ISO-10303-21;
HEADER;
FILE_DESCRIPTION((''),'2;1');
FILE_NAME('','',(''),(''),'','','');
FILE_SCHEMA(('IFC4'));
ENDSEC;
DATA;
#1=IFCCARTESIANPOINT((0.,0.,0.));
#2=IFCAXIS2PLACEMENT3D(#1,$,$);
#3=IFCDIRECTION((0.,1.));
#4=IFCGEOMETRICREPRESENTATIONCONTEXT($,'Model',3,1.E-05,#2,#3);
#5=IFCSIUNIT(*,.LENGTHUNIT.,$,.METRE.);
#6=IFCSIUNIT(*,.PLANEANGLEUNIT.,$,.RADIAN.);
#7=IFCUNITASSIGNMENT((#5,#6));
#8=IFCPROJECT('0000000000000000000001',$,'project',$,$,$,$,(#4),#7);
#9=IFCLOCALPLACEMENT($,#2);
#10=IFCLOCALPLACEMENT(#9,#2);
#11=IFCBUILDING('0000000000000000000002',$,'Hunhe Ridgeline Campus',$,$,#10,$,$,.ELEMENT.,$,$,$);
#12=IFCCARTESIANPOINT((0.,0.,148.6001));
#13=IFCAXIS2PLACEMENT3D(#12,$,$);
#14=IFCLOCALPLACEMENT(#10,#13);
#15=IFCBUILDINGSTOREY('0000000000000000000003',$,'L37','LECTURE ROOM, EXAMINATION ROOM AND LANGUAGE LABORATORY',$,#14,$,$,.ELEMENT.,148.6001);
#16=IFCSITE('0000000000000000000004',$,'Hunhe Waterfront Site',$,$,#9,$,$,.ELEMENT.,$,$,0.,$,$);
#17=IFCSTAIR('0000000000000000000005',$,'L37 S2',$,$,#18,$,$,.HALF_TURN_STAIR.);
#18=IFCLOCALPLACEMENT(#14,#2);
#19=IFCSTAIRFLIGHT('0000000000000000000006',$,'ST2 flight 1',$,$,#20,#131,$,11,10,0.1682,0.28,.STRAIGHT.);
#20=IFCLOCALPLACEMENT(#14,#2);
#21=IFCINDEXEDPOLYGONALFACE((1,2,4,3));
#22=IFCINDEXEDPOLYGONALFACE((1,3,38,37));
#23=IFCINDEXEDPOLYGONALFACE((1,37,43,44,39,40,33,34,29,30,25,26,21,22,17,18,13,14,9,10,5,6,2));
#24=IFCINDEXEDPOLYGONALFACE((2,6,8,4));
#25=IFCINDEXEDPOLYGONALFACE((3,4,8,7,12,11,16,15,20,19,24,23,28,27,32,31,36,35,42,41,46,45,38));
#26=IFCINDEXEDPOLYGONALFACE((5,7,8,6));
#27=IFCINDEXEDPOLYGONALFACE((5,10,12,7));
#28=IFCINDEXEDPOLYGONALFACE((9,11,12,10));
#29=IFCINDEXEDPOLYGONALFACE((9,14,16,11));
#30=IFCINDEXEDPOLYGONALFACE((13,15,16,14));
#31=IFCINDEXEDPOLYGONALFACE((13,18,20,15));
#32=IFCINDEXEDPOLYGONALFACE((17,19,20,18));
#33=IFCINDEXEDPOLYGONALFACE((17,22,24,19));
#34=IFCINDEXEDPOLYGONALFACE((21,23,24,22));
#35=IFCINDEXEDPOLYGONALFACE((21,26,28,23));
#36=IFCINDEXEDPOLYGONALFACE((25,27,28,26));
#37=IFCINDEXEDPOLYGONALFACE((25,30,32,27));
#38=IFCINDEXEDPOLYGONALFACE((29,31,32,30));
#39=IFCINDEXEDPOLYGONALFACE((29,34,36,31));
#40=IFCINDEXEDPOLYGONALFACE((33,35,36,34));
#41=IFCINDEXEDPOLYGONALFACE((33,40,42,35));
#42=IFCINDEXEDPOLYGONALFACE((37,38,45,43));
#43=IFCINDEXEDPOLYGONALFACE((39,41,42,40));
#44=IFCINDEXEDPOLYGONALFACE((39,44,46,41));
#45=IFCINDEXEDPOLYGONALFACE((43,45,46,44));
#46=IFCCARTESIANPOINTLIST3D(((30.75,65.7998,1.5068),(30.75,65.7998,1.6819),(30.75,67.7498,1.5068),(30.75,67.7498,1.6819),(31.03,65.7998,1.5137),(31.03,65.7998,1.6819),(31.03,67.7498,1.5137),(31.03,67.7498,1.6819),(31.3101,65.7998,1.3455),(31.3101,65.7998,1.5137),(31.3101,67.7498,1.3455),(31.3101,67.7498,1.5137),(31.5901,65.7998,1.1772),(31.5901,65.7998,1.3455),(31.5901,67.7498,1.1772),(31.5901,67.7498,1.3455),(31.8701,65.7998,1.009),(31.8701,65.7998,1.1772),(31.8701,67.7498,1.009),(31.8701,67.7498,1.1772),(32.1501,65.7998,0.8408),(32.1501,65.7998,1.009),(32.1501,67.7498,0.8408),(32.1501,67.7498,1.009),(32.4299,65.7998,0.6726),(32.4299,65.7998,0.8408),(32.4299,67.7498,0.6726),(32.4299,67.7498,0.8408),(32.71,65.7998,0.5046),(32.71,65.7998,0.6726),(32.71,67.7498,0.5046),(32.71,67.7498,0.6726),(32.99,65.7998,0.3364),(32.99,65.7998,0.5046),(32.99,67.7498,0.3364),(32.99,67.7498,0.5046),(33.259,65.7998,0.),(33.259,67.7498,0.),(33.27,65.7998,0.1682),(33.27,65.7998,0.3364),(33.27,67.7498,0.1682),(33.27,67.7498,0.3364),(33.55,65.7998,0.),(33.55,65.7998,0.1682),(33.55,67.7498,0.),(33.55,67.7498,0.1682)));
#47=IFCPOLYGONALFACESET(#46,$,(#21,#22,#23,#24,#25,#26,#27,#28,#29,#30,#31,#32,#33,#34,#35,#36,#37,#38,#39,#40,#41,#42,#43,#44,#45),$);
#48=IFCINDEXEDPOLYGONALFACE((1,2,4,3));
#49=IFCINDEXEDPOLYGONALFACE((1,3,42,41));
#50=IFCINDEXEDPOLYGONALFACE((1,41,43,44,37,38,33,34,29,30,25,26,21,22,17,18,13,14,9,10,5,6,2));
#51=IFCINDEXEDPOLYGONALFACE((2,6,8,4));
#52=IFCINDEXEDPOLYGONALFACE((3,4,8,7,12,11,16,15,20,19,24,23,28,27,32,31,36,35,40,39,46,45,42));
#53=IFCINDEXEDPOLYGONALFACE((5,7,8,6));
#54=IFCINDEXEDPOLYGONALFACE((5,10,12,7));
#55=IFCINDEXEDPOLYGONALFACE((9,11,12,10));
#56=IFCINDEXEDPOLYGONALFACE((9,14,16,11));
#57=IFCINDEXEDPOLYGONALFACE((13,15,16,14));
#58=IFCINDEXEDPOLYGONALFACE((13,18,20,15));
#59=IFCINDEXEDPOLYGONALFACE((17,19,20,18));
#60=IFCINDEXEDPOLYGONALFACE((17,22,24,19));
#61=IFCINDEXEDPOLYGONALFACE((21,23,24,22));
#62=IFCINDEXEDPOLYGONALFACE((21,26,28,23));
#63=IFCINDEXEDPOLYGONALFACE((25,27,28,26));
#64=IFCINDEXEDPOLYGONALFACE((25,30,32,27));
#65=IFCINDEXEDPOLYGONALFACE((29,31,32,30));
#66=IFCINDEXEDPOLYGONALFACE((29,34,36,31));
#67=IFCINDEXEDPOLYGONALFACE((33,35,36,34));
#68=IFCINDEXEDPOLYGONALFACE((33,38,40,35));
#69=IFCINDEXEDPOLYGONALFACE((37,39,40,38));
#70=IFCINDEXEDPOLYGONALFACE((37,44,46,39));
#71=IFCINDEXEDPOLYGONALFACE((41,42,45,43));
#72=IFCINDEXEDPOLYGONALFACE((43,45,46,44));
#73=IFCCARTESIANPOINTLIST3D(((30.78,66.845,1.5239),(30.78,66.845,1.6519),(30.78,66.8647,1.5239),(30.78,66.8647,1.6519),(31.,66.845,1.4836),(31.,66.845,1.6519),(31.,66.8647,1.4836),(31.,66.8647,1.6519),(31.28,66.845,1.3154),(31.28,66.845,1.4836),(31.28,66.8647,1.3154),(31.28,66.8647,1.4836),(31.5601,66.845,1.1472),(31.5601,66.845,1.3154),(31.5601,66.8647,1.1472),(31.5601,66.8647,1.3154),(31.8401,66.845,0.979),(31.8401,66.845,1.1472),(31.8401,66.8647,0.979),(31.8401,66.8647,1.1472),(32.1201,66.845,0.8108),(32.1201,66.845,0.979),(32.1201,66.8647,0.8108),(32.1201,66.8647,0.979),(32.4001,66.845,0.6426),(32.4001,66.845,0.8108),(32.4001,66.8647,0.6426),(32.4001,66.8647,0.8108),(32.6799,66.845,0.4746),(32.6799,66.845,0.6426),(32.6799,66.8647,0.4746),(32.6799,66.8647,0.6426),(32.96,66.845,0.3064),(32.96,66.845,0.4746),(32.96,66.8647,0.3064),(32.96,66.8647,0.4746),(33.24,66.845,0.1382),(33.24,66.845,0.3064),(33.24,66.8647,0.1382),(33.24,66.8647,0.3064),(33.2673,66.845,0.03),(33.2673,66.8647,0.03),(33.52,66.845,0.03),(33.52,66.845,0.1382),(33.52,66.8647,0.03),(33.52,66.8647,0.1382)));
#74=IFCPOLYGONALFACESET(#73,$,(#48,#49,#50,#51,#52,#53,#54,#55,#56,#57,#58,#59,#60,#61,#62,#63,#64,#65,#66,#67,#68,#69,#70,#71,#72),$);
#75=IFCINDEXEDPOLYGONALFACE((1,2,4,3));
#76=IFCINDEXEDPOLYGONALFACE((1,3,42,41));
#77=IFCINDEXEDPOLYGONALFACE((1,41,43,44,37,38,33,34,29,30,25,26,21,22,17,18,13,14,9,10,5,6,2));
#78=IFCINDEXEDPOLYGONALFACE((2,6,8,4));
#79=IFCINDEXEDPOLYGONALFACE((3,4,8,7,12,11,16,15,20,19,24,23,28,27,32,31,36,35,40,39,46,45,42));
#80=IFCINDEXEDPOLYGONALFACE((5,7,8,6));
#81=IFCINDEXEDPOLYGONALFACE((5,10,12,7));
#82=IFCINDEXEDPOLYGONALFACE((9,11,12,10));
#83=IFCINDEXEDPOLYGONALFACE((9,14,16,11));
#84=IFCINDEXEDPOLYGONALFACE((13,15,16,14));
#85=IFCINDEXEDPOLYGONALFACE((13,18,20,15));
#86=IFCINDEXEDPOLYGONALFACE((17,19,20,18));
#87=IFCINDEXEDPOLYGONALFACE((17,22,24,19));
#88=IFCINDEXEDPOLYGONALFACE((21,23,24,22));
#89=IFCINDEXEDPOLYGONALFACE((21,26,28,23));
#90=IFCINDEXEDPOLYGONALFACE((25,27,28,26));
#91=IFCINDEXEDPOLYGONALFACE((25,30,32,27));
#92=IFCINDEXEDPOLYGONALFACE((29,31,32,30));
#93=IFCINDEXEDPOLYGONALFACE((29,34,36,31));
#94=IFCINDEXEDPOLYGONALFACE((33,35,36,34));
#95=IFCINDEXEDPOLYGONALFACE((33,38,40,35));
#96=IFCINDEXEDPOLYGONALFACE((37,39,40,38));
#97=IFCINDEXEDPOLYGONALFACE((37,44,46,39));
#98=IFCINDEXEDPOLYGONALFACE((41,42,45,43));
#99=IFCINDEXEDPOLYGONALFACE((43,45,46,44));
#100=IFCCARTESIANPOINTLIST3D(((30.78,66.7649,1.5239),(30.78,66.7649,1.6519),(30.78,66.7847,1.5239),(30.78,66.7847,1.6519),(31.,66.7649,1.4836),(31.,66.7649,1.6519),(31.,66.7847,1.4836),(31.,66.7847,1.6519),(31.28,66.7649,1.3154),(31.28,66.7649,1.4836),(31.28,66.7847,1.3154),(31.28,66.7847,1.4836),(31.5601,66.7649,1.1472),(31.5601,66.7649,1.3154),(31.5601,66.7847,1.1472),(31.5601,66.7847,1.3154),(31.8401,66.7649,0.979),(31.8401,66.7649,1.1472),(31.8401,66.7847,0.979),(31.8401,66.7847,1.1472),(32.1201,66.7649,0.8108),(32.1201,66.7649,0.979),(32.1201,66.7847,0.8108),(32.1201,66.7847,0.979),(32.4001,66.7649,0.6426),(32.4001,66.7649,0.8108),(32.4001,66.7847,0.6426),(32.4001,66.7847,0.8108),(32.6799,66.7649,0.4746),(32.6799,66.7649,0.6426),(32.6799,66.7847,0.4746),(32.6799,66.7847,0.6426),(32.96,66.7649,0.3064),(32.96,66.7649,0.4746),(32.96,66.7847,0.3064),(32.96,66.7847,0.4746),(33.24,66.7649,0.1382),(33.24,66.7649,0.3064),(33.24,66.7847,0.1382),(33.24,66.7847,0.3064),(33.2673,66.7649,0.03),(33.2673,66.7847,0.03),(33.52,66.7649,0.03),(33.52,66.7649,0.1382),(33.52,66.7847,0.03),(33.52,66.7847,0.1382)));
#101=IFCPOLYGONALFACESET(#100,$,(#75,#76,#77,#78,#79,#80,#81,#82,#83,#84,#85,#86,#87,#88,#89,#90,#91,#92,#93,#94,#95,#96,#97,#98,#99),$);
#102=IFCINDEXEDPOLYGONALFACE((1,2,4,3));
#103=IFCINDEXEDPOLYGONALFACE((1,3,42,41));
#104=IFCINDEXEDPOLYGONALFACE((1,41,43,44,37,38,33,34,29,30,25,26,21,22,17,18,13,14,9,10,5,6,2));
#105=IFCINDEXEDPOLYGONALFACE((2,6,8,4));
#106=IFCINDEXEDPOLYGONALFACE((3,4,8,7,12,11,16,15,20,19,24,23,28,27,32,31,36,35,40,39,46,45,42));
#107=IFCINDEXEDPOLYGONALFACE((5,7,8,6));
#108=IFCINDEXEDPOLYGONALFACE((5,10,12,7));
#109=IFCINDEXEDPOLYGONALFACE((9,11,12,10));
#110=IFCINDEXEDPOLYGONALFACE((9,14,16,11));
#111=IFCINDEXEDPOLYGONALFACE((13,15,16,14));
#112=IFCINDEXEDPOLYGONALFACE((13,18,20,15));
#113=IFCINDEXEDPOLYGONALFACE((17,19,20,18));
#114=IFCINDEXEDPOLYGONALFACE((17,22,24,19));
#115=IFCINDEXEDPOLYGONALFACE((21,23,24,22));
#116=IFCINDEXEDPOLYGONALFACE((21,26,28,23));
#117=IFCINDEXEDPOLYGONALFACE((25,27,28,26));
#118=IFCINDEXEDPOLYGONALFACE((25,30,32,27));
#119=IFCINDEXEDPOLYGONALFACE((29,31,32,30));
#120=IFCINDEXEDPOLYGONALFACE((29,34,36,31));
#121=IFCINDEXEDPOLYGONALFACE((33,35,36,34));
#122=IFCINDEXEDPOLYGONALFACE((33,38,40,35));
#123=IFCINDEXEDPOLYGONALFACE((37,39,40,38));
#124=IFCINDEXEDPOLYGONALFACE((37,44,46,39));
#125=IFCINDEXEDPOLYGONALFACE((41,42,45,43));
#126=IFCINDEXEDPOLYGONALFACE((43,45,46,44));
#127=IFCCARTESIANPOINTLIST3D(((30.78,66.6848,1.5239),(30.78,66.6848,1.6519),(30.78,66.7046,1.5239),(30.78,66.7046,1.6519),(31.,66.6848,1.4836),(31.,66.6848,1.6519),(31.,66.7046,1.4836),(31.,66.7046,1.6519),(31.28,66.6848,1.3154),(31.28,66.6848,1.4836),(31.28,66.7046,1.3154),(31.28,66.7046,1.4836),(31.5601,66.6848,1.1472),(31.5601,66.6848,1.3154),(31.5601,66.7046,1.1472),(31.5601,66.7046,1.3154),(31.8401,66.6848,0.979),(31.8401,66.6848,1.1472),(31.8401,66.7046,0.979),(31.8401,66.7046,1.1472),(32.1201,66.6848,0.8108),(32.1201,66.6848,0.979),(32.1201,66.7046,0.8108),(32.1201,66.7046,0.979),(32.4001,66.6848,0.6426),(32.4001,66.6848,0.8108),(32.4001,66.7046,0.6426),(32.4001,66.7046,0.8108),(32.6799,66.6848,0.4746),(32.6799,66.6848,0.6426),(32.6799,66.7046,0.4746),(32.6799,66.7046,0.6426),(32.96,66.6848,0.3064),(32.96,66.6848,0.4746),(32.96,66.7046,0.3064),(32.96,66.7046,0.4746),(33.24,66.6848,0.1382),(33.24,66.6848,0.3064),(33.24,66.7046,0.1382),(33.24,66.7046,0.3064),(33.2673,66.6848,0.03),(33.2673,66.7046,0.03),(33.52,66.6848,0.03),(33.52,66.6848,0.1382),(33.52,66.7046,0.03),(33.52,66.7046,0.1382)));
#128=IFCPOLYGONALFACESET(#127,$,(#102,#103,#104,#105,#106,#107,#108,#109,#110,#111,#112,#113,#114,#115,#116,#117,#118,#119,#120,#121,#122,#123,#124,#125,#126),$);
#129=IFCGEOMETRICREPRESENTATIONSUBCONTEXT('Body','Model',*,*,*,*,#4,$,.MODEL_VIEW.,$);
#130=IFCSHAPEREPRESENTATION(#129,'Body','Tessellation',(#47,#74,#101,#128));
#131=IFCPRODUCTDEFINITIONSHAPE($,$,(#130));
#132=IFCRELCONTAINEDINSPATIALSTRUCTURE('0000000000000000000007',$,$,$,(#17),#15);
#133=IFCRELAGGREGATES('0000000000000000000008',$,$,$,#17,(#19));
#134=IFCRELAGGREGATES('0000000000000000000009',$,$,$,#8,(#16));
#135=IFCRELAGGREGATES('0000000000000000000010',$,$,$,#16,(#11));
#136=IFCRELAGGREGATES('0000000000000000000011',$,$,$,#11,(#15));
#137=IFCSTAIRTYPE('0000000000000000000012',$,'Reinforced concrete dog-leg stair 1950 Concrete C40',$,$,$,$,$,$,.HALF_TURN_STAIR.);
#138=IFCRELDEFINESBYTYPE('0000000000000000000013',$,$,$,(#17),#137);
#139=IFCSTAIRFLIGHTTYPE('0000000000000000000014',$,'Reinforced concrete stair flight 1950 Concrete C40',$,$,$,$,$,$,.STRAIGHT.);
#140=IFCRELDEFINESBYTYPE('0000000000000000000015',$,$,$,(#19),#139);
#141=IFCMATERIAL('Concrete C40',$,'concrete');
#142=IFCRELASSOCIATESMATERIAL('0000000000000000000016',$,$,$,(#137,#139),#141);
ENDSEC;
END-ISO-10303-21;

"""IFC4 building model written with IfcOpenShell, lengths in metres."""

from ifc_helpers import new_model, si_unit, direction, frame, origin, place, context, subcontext, project, spatial, polyline, outline, extrude, material, type_object, element, aggregate, save


model = new_model("IFC4")

# Units and contexts
model_context = context("Model", 3, precision=1e-05, world=origin(), true_north=direction((0.0, 1.0)))
body_context = subcontext(model_context, "Body", "Model", "MODEL_VIEW")
ifc_project = project(units=[si_unit("LENGTHUNIT", "METRE"), si_unit("PLANEANGLEUNIT", "RADIAN")], contexts=[model_context])

# Site, building, storey
site_placement = place(None, origin())
site = spatial("IfcSite", under=ifc_project, at=site_placement, Name="Hunhe Waterfront Site", CompositionType="ELEMENT", RefElevation=0.0)
building_placement = place(site_placement, origin())
building = spatial("IfcBuilding", under=site, at=building_placement, Name="Hunhe Ridgeline Campus", CompositionType="ELEMENT")
storey_placement = place(building_placement, frame((0.0, 0.0, 148.6001)))
storey = spatial("IfcBuildingStorey", under=building, at=storey_placement, Name="L37", Description="LECTURE ROOM, EXAMINATION ROOM AND LANGUAGE LABORATORY", CompositionType="ELEMENT", Elevation=148.6001)

# Stair, stair flight
ifc_material_1 = material(Name="Concrete C40", Category="concrete")
stair_type = type_object("IfcStairType", Name="Reinforced concrete dog-leg stair 1950 Concrete C40", PredefinedType="HALF_TURN_STAIR", material=ifc_material_1)
stair_placement = place(storey_placement, origin())
stair = element("IfcStair", 1, at=stair_placement, inside=storey, type_object=stair_type, Name="L37 S2", PredefinedType="HALF_TURN_STAIR")
stair_flight_type = type_object("IfcStairFlightType", Name="Reinforced concrete stair flight 1950 Concrete C40", PredefinedType="STRAIGHT", material=ifc_material_1)
stair_flight_1_placement = place(storey_placement, frame((33.55, 66.7749, 0.0), z_axis=(0.0, 0.0, 1.0), x_axis=(-1.0, 0.0, 0.0)))
stair_flight_1 = element("IfcStairFlight", 2, at=stair_flight_1_placement, type_object=stair_flight_type, Name="ST2 flight 1", NumberOfRisers=11, NumberOfTreads=10, PredefinedType="STRAIGHT", RiserHeight=0.1682, TreadLength=0.28, context=body_context, shape_type="SweptSolid", body=[
    extrude(outline(polyline([(0.0, 0.0), (0.0, 0.1682), (0.28, 0.1682), (0.28, 0.3364), (0.5601, 0.3364), (0.5601, 0.5046), (0.8401, 0.5046), (0.8401, 0.6726), (1.1201, 0.6726), (1.1201, 0.8408), (1.3999, 0.8408), (1.3999, 1.009), (1.6799, 1.009), (1.6799, 1.1772), (1.96, 1.1772), (1.96, 1.3455), (2.24, 1.3455), (2.24, 1.5137), (2.52, 1.5137), (2.52, 1.6819), (2.8, 1.6819), (2.8, 1.8501), (2.8, 1.5068), (0.291, 0.0), (0.0, 0.0)])), frame((0.0, 0.9751, 0.0), z_axis=(0.0, -1.0, 0.0), x_axis=(1.0, 0.0, 0.0)), (0.0, 0.0, 1.0), 1.95),
    extrude(outline(polyline([(0.03, 0.03), (0.03, 0.1382), (0.3101, 0.1382), (0.3101, 0.3064), (0.5901, 0.3064), (0.5901, 0.4746), (0.8701, 0.4746), (0.8701, 0.6426), (1.1499, 0.6426), (1.1499, 0.8108), (1.4299, 0.8108), (1.4299, 0.979), (1.71, 0.979), (1.71, 1.1472), (1.99, 1.1472), (1.99, 1.3154), (2.27, 1.3154), (2.27, 1.4836), (2.55, 1.4836), (2.55, 1.6519), (2.77, 1.6519), (2.77, 1.5239), (0.2827, 0.03), (0.03, 0.03)])), frame((0.0, -0.0701, 0.0), z_axis=(0.0, -1.0, 0.0), x_axis=(1.0, 0.0, 0.0)), (0.0, 0.0, 1.0), 0.0198),
    extrude(outline(polyline([(0.03, 0.03), (0.03, 0.1382), (0.3101, 0.1382), (0.3101, 0.3064), (0.5901, 0.3064), (0.5901, 0.4746), (0.8701, 0.4746), (0.8701, 0.6426), (1.1499, 0.6426), (1.1499, 0.8108), (1.4299, 0.8108), (1.4299, 0.979), (1.71, 0.979), (1.71, 1.1472), (1.99, 1.1472), (1.99, 1.3154), (2.27, 1.3154), (2.27, 1.4836), (2.55, 1.4836), (2.55, 1.6519), (2.77, 1.6519), (2.77, 1.5239), (0.2827, 0.03), (0.03, 0.03)])), frame((0.0, 0.01, 0.0), z_axis=(0.0, -1.0, 0.0), x_axis=(1.0, 0.0, 0.0)), (0.0, 0.0, 1.0), 0.0198),
    extrude(outline(polyline([(0.03, 0.03), (0.03, 0.1382), (0.3101, 0.1382), (0.3101, 0.3064), (0.5901, 0.3064), (0.5901, 0.4746), (0.8701, 0.4746), (0.8701, 0.6426), (1.1499, 0.6426), (1.1499, 0.8108), (1.4299, 0.8108), (1.4299, 0.979), (1.71, 0.979), (1.71, 1.1472), (1.99, 1.1472), (1.99, 1.3154), (2.27, 1.3154), (2.27, 1.4836), (2.55, 1.4836), (2.55, 1.6519), (2.77, 1.6519), (2.77, 1.5239), (0.2827, 0.03), (0.03, 0.03)])), frame((0.0, 0.0901, 0.0), z_axis=(0.0, -1.0, 0.0), x_axis=(1.0, 0.0, 0.0)), (0.0, 0.0, 1.0), 0.0198),
])
aggregate(stair, [stair_flight_1])

save(model, "model.ifc")
